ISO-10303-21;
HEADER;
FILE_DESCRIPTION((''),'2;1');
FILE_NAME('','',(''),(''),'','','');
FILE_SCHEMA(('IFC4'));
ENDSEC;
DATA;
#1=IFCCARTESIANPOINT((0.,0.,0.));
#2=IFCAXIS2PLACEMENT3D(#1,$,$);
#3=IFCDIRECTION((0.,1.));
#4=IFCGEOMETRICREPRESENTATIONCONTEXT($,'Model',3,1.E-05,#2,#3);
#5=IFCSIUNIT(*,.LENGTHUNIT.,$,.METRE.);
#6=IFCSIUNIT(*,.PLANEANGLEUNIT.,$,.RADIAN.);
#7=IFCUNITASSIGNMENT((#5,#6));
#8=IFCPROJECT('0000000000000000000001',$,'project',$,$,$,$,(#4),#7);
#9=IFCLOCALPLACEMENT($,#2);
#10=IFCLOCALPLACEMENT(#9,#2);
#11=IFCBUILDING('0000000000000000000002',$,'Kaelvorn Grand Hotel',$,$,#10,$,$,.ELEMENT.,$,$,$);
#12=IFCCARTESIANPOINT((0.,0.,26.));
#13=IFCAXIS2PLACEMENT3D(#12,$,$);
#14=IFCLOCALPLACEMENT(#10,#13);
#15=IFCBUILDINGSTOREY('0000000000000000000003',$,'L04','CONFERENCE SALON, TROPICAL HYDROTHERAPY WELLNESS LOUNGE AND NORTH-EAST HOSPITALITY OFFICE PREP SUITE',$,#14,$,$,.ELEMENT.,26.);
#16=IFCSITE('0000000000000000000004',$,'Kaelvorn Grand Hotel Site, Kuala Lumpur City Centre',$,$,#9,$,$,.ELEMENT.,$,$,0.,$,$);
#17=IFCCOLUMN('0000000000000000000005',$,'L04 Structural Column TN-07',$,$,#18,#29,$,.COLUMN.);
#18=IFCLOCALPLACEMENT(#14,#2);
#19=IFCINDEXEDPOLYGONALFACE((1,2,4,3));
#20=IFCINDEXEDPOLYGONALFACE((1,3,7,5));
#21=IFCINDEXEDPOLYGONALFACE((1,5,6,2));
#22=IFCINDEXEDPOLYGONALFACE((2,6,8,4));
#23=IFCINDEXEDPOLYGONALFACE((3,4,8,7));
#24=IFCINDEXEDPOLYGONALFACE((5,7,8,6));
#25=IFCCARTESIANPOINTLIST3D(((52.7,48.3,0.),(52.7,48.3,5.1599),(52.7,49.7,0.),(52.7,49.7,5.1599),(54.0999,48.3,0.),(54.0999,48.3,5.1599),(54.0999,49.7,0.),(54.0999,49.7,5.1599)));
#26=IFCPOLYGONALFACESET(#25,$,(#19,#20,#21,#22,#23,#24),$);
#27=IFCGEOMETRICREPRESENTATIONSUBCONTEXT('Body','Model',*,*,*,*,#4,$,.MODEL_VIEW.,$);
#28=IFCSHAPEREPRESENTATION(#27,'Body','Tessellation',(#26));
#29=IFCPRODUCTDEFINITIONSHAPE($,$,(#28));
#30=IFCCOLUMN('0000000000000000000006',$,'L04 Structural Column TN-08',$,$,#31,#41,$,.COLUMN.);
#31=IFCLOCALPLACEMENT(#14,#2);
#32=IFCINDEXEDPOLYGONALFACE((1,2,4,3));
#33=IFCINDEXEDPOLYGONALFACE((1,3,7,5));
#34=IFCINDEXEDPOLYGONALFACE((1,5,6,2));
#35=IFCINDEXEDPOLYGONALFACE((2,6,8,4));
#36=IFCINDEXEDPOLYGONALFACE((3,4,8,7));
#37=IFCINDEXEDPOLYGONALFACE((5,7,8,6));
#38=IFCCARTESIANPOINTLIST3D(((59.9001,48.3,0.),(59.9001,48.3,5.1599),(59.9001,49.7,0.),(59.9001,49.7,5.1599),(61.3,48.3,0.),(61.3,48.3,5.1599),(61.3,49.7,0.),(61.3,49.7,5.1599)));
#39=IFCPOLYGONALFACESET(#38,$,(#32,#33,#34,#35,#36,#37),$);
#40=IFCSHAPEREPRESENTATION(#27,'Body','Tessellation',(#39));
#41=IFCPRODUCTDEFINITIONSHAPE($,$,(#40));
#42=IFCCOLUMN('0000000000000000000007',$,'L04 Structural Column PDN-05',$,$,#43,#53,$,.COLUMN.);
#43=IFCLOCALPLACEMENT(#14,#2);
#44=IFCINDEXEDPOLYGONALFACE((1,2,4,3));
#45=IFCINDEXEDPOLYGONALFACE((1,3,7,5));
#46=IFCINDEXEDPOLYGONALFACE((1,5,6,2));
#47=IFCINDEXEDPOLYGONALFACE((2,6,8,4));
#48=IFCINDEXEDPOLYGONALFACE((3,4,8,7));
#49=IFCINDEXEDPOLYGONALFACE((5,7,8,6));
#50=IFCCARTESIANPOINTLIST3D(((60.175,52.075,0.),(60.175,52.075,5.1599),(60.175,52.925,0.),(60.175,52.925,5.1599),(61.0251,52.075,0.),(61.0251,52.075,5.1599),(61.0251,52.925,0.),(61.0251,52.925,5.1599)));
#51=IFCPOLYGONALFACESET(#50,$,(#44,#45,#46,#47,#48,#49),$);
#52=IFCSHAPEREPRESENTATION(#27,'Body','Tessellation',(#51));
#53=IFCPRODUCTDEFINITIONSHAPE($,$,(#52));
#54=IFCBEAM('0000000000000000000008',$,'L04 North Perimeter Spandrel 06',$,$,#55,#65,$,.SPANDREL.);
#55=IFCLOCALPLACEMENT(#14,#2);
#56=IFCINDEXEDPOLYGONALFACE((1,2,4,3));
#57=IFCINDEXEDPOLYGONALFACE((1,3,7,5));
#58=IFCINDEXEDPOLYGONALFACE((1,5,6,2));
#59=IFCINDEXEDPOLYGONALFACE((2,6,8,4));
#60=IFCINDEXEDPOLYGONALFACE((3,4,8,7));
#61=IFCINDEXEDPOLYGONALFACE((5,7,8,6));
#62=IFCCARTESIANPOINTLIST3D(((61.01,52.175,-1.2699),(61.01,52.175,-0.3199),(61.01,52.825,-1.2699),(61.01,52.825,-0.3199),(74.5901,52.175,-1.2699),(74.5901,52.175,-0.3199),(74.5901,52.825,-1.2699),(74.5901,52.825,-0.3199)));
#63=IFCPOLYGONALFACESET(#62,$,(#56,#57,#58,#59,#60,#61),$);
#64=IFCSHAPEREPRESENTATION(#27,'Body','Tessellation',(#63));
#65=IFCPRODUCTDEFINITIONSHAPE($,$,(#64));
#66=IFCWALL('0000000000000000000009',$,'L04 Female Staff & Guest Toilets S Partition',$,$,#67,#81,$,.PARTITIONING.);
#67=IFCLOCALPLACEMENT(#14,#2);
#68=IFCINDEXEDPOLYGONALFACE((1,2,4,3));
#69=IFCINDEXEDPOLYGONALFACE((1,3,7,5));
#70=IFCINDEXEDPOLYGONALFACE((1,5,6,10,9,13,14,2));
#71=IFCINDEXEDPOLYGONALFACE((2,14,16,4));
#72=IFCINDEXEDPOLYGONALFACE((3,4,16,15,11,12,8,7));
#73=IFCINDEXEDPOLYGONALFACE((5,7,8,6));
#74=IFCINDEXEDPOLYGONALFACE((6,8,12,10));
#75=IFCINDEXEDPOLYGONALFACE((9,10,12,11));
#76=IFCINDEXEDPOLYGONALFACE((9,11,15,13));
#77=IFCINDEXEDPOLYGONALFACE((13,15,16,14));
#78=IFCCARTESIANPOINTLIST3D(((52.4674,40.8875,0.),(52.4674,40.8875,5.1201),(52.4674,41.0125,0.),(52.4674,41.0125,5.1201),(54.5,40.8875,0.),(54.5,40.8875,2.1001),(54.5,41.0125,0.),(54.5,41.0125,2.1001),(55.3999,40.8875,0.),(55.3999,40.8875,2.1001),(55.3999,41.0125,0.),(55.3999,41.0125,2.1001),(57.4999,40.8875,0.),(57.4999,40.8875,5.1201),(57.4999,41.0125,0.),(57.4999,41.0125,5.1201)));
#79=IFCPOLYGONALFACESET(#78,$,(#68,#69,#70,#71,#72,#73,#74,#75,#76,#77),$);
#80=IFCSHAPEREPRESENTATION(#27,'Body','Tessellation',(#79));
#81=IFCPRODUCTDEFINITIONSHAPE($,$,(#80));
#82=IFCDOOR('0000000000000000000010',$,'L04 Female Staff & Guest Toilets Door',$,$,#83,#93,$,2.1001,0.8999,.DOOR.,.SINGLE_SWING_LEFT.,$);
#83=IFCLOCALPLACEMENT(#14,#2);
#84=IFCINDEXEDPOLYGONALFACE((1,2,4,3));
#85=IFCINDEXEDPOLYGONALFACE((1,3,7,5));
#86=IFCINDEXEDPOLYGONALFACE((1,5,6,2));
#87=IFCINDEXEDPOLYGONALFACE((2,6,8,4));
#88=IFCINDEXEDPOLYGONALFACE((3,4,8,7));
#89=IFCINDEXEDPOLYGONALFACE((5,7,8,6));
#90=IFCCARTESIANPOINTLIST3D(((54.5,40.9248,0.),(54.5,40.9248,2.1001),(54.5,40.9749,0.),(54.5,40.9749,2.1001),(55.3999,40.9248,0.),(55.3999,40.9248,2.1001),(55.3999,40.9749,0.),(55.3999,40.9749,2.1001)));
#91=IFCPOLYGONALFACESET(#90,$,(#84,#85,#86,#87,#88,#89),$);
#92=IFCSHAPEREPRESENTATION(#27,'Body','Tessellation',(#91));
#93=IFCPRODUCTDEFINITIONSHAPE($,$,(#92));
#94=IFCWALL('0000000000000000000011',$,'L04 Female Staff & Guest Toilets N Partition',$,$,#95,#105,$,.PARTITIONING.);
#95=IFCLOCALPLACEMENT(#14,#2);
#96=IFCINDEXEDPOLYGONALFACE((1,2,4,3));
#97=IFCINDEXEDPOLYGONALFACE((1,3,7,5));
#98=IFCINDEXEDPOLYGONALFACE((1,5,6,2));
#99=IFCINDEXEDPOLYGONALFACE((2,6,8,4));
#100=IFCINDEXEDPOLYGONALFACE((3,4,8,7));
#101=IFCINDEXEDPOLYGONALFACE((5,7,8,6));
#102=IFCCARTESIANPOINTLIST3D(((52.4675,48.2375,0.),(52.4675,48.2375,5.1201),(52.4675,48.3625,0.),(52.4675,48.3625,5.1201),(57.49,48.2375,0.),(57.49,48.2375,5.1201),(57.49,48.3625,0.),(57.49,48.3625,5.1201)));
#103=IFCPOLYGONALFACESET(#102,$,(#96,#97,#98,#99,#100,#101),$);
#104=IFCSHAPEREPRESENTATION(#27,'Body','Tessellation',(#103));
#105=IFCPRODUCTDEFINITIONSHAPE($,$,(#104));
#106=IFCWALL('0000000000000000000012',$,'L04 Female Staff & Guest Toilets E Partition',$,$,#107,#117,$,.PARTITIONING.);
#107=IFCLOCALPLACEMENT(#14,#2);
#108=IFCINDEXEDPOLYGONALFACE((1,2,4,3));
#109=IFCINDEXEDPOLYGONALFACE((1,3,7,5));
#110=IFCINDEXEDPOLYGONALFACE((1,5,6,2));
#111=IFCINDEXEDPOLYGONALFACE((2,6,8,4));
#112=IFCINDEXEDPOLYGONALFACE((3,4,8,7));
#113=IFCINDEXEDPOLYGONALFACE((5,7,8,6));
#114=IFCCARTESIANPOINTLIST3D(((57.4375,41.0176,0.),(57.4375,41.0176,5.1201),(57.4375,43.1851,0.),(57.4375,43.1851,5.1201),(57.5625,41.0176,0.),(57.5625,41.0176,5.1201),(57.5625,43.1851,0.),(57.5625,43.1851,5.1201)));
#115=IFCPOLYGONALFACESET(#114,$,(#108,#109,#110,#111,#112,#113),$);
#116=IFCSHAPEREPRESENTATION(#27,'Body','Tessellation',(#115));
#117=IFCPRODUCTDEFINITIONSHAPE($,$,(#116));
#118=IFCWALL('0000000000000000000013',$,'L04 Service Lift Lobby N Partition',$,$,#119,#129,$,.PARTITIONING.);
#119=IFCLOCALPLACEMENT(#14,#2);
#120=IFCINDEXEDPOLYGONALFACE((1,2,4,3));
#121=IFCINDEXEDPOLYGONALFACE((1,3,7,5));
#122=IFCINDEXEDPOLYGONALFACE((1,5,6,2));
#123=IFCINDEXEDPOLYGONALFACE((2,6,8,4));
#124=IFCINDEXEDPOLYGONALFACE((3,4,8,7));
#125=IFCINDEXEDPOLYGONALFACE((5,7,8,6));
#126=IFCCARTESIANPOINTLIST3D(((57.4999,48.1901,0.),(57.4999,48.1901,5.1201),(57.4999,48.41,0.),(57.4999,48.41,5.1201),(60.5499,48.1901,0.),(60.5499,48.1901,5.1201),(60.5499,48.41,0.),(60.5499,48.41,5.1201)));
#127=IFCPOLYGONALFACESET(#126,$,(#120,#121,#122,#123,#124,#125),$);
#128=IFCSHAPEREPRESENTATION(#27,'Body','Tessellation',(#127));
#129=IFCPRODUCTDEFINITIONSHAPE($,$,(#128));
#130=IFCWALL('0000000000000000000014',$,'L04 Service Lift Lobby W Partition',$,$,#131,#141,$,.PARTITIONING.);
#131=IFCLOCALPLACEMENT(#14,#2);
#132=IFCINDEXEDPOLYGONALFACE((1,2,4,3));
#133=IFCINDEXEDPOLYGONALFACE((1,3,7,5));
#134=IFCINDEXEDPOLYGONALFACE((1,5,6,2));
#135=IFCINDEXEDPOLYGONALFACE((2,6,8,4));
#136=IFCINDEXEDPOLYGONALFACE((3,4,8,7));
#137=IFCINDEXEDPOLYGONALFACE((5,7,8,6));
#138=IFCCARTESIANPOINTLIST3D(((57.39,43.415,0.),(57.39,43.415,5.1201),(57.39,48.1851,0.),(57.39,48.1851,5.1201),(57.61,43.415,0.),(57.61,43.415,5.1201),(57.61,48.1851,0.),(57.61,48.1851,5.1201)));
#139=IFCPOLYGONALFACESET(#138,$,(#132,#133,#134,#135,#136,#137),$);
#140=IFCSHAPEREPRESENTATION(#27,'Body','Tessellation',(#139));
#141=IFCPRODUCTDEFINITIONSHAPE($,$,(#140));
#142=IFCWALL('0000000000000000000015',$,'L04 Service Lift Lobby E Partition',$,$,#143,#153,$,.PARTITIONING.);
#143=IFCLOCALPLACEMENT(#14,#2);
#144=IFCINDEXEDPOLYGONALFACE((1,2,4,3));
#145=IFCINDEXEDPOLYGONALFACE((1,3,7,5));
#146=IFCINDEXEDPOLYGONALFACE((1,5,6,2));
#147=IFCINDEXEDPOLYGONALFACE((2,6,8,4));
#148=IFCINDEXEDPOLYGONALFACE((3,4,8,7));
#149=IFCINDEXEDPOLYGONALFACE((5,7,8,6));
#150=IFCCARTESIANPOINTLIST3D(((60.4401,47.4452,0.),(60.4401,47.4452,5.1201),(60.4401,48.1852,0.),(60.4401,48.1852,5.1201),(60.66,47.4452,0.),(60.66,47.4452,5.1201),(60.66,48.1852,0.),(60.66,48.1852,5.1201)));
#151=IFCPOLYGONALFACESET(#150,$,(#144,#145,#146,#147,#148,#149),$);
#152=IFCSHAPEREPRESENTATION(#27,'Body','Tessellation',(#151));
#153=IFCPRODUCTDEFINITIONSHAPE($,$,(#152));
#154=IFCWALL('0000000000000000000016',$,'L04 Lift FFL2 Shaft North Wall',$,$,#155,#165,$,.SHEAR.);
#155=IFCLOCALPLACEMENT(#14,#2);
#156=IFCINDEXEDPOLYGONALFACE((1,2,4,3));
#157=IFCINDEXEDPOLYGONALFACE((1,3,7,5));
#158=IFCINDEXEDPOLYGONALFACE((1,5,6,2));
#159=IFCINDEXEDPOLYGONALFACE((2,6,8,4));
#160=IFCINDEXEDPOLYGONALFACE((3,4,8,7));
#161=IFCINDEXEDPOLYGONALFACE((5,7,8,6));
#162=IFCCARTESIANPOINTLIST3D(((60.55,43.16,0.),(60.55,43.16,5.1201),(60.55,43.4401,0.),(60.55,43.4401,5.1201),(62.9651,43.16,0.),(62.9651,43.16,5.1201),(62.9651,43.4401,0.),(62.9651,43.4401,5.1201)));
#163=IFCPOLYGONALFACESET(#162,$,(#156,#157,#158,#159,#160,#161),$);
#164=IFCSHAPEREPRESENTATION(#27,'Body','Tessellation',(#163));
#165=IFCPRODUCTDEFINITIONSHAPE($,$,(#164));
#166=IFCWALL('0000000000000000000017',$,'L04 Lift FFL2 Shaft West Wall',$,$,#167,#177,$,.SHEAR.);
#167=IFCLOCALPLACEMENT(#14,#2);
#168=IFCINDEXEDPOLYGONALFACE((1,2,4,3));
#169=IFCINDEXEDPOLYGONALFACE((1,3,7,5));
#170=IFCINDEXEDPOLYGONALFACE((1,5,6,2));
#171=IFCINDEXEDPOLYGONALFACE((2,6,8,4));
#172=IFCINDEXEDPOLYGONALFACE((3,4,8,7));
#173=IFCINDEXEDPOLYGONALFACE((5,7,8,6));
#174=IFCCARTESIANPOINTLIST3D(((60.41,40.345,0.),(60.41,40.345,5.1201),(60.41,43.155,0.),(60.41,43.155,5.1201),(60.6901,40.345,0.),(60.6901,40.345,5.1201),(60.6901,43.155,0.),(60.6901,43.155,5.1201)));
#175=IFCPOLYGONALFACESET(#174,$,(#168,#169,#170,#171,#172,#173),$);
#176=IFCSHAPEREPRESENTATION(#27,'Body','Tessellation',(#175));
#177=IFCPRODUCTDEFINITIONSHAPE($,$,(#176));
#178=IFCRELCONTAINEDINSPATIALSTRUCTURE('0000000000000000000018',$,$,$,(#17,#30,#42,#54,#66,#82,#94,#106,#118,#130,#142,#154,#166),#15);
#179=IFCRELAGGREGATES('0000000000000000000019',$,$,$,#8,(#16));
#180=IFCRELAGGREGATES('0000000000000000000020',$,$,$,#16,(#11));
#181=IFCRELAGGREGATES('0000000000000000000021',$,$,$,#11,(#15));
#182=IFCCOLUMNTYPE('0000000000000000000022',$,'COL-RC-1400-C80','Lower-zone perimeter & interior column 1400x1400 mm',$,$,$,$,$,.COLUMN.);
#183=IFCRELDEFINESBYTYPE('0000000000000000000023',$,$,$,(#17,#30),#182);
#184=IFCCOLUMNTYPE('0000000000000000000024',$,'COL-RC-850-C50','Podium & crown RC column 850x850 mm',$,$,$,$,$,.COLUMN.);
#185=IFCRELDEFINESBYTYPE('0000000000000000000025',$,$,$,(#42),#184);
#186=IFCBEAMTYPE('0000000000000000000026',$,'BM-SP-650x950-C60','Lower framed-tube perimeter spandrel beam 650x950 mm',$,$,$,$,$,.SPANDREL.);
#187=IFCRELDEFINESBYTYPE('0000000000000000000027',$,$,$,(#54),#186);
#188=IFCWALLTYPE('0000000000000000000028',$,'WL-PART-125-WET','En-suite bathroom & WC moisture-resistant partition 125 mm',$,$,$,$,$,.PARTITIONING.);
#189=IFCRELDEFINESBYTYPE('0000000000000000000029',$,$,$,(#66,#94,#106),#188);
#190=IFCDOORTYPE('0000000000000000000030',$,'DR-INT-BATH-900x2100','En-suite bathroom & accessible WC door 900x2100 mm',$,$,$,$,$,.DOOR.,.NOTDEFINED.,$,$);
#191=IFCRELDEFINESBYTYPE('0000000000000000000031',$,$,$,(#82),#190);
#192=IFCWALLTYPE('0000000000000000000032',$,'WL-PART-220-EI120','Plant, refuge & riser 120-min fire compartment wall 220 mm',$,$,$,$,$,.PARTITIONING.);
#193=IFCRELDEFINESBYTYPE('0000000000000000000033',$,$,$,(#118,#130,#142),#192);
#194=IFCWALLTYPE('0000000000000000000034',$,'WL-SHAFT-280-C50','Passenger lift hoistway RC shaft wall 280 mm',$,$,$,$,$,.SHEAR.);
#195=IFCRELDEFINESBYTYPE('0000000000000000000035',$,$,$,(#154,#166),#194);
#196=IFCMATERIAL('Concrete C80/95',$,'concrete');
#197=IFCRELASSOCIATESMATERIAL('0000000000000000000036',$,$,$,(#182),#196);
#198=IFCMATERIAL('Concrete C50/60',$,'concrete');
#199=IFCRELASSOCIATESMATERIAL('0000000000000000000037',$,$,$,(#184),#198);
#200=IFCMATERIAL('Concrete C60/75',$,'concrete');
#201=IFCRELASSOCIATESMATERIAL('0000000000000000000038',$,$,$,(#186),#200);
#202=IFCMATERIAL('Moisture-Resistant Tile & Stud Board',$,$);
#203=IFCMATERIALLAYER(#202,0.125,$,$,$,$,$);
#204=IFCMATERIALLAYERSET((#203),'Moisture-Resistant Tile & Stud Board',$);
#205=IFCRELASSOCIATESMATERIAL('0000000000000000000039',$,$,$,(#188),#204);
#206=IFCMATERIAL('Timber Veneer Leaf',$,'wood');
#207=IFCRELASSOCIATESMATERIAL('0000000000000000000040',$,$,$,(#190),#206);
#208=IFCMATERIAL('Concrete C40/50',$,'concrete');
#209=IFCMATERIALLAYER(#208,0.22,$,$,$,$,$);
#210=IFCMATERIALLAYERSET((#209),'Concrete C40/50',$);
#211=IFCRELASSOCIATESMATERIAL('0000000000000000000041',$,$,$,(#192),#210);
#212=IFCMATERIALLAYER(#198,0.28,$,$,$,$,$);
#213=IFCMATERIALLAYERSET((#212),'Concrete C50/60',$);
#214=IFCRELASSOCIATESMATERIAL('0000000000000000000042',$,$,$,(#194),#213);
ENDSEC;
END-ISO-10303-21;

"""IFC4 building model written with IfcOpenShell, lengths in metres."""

from ifc_helpers import new_model, si_unit, direction, frame, frame_2d, origin, origin_2d, place, context, subcontext, project, spatial, rectangle, extrude, material, layer, layer_set, material_profile, profile_set, type_object, element, fill, save


model = new_model("IFC4")

# Units and contexts
model_context = context("Model", 3, precision=1e-05, world=origin(), true_north=direction((0.0, 1.0)))
body_context = subcontext(model_context, "Body", "Model", "MODEL_VIEW")
ifc_project = project(units=[si_unit("LENGTHUNIT", "METRE"), si_unit("PLANEANGLEUNIT", "RADIAN")], contexts=[model_context])

# Site, building, storey
site_placement = place(None, origin())
site = spatial("IfcSite", under=ifc_project, at=site_placement, Name="Kaelvorn Grand Hotel Site, Kuala Lumpur City Centre", CompositionType="ELEMENT", RefElevation=0.0)
building_placement = place(site_placement, origin())
building = spatial("IfcBuilding", under=site, at=building_placement, Name="Kaelvorn Grand Hotel", CompositionType="ELEMENT")
storey_placement = place(building_placement, frame((0.0, 0.0, 26.0)))
storey = spatial("IfcBuildingStorey", under=building, at=storey_placement, Name="L04", Description="CONFERENCE SALON, TROPICAL HYDROTHERAPY WELLNESS LOUNGE AND NORTH-EAST HOSPITALITY OFFICE PREP SUITE", CompositionType="ELEMENT", Elevation=26.0)

# Columns
ifc_material_1 = material(Name="Concrete C80/95", Category="concrete")
ifc_material_profile_1 = material_profile(ifc_material_1, rectangle(XDim=1.3999, YDim=1.3999, at=origin_2d()), Name="RC COL 1400x1400")
ifc_profile_set_1 = profile_set([ifc_material_profile_1], Name="Concrete C80/95")
column_type_1 = type_object("IfcColumnType", Name="COL-RC-1400-C80", Description="Lower-zone perimeter & interior column 1400x1400 mm", PredefinedType="COLUMN", material=ifc_profile_set_1)
for number, where, z_axis, x_axis, name in (
    (1, (53.3999, 49.0, 0.0), (0.0, 0.0, 1.0), (1.0, 0.0, 0.0), "L04 Structural Column TN-07"),
    (2, (60.6001, 49.0, 0.0), (0.0, 0.0, 1.0), (1.0, 0.0, 0.0), "L04 Structural Column TN-08"),
):
    element("IfcColumn", number, at=place(storey_placement, frame(where, z_axis=z_axis, x_axis=x_axis)), inside=storey, type_object=column_type_1, Name=name, PredefinedType="COLUMN", context=body_context, shape_type="SweptSolid", body=[
        extrude(rectangle(XDim=1.3999, YDim=1.3999, at=origin_2d()), origin(), (0.0, 0.0, 1.0), 5.1599),
    ])
ifc_material_2 = material(Name="Concrete C50/60", Category="concrete")
ifc_material_profile_2 = material_profile(ifc_material_2, rectangle(XDim=0.8501, YDim=0.8501, at=origin_2d()), Name="RC COL 850x850")
ifc_profile_set_2 = profile_set([ifc_material_profile_2], Name="Concrete C50/60")
column_type_2 = type_object("IfcColumnType", Name="COL-RC-850-C50", Description="Podium & crown RC column 850x850 mm", PredefinedType="COLUMN", material=ifc_profile_set_2)
column_placement = place(storey_placement, frame((60.6001, 52.5, 0.0), z_axis=(0.0, 0.0, 1.0), x_axis=(1.0, 0.0, 0.0)))
element("IfcColumn", 3, at=column_placement, inside=storey, type_object=column_type_2, Name="L04 Structural Column PDN-05", PredefinedType="COLUMN", context=body_context, shape_type="SweptSolid", body=[
    extrude(rectangle(XDim=0.8501, YDim=0.8501, at=origin_2d()), origin(), (0.0, 0.0, 1.0), 5.1599),
])

# Beam
ifc_material_3 = material(Name="Concrete C60/75", Category="concrete")
ifc_material_profile_3 = material_profile(ifc_material_3, rectangle(XDim=0.6499, YDim=0.95, at=origin_2d()), Name="RC SPANDREL 650x950")
ifc_profile_set_3 = profile_set([ifc_material_profile_3], Name="Concrete C60/75")
beam_type = type_object("IfcBeamType", Name="BM-SP-650x950-C60", Description="Lower framed-tube perimeter spandrel beam 650x950 mm", PredefinedType="SPANDREL", material=ifc_profile_set_3)
beam_placement = place(storey_placement, frame((61.01, 52.5, -0.7949), z_axis=(1.0, 0.0, 0.0), x_axis=(0.0, 1.0, 0.0)))
element("IfcBeam", 4, at=beam_placement, inside=storey, type_object=beam_type, Name="L04 North Perimeter Spandrel 06", PredefinedType="SPANDREL", context=body_context, shape_type="SweptSolid", body=[
    extrude(rectangle(XDim=0.6499, YDim=0.95, at=origin_2d()), origin(), (0.0, 0.0, 1.0), 13.5801),
])

# Wall, opening, door
ifc_material_4 = material(Name="Moisture-Resistant Tile & Stud Board")
ifc_layer_1 = layer(ifc_material_4, 0.125)
ifc_layer_set_1 = layer_set([ifc_layer_1], Name="Moisture-Resistant Tile & Stud Board")
wall_type_1 = type_object("IfcWallType", Name="WL-PART-125-WET", Description="En-suite bathroom & WC moisture-resistant partition 125 mm", PredefinedType="PARTITIONING", material=ifc_layer_set_1)
wall_1_placement = place(storey_placement, frame((52.4675, 40.95, 0.0), z_axis=(0.0, 0.0, 1.0), x_axis=(1.0, 0.0, 0.0)))
wall_1 = element("IfcWall", 5, at=wall_1_placement, inside=storey, type_object=wall_type_1, Name="L04 Female Staff & Guest Toilets S Partition", PredefinedType="PARTITIONING", context=body_context, shape_type="SweptSolid", body=[
    extrude(rectangle(XDim=5.0325, YDim=0.125, at=frame_2d((2.5161, 0.0))), origin(), (0.0, 0.0, 1.0), 5.1201),
])
opening_1_placement = place(wall_1_placement, frame((2.0325, 0.0, 0.0)))
opening_1 = element("IfcOpeningElement", 6, at=opening_1_placement, cuts=wall_1, PredefinedType="OPENING", context=body_context, shape_type="SweptSolid", body=[
    extrude(rectangle(XDim=0.8999, YDim=2.1001, at=frame_2d((0.45, 1.05))), frame((0.0, 0.0725, 0.0), z_axis=(0.0, -1.0, 0.0), x_axis=(1.0, 0.0, 0.0)), (0.0, 0.0, 1.0), 0.145),
])
ifc_material_5 = material(Name="Timber Veneer Leaf", Category="wood")
door_type_1 = type_object("IfcDoorType", Name="DR-INT-BATH-900x2100", Description="En-suite bathroom & accessible WC door 900x2100 mm", OperationType="NOTDEFINED", PredefinedType="DOOR", material=ifc_material_5)
door_1_placement = place(opening_1_placement, origin())
door_1 = element("IfcDoor", 7, at=door_1_placement, inside=storey, type_object=door_type_1, Name="L04 Female Staff & Guest Toilets Door", OperationType="SINGLE_SWING_LEFT", OverallHeight=2.1001, OverallWidth=0.8999, PredefinedType="DOOR", context=body_context, shape_type="SweptSolid", body=[
    extrude(rectangle(XDim=0.8999, YDim=2.1001, at=frame_2d((0.45, 1.05))), frame((0.0, 0.0249, 0.0), z_axis=(0.0, -1.0, 0.0), x_axis=(1.0, 0.0, 0.0)), (0.0, 0.0, 1.0), 0.05),
])
fill(opening_1, door_1)

# Walls
wall_2_placement = place(storey_placement, frame((52.4675, 48.3, 0.0), z_axis=(0.0, 0.0, 1.0), x_axis=(1.0, 0.0, 0.0)))
element("IfcWall", 8, at=wall_2_placement, inside=storey, type_object=wall_type_1, Name="L04 Female Staff & Guest Toilets N Partition", PredefinedType="PARTITIONING", context=body_context, shape_type="SweptSolid", body=[
    extrude(rectangle(XDim=5.0225, YDim=0.125, at=frame_2d((2.5112, 0.0))), origin(), (0.0, 0.0, 1.0), 5.1201),
])
wall_3_placement = place(storey_placement, frame((57.5, 41.0176, 0.0), z_axis=(0.0, 0.0, 1.0), x_axis=(0.0, 1.0, 0.0)))
element("IfcWall", 9, at=wall_3_placement, inside=storey, type_object=wall_type_1, Name="L04 Female Staff & Guest Toilets E Partition", PredefinedType="PARTITIONING", context=body_context, shape_type="SweptSolid", body=[
    extrude(rectangle(XDim=2.1675, YDim=0.125, at=frame_2d((1.0837, 0.0))), origin(), (0.0, 0.0, 1.0), 5.1201),
])

# Shared definitions
ifc_material_6 = material(Name="Concrete C40/50", Category="concrete")
ifc_layer_2 = layer(ifc_material_6, 0.22)
ifc_layer_set_2 = layer_set([ifc_layer_2], Name="Concrete C40/50")
wall_type_2 = type_object("IfcWallType", Name="WL-PART-220-EI120", Description="Plant, refuge & riser 120-min fire compartment wall 220 mm", PredefinedType="PARTITIONING", material=ifc_layer_set_2)

# Walls
wall_4_placement = place(storey_placement, frame((57.5, 48.3, 0.0), z_axis=(0.0, 0.0, 1.0), x_axis=(1.0, 0.0, 0.0)))
element("IfcWall", 10, at=wall_4_placement, inside=storey, type_object=wall_type_2, Name="L04 Service Lift Lobby N Partition", PredefinedType="PARTITIONING", context=body_context, shape_type="SweptSolid", body=[
    extrude(rectangle(XDim=3.05, YDim=0.22, at=frame_2d((1.5249, 0.0))), origin(), (0.0, 0.0, 1.0), 5.1201),
])
wall_5_placement = place(storey_placement, frame((57.5, 43.415, 0.0), z_axis=(0.0, 0.0, 1.0), x_axis=(0.0, 1.0, 0.0)))
element("IfcWall", 11, at=wall_5_placement, inside=storey, type_object=wall_type_2, Name="L04 Service Lift Lobby W Partition", PredefinedType="PARTITIONING", context=body_context, shape_type="SweptSolid", body=[
    extrude(rectangle(XDim=4.77, YDim=0.22, at=frame_2d((2.385, 0.0))), origin(), (0.0, 0.0, 1.0), 5.1201),
])
wall_6_placement = place(storey_placement, frame((60.55, 47.4451, 0.0), z_axis=(0.0, 0.0, 1.0), x_axis=(0.0, 1.0, 0.0)))
element("IfcWall", 12, at=wall_6_placement, inside=storey, type_object=wall_type_2, Name="L04 Service Lift Lobby E Partition", PredefinedType="PARTITIONING", context=body_context, shape_type="SweptSolid", body=[
    extrude(rectangle(XDim=0.74, YDim=0.22, at=frame_2d((0.3701, 0.0))), origin(), (0.0, 0.0, 1.0), 5.1201),
])
ifc_layer_3 = layer(ifc_material_2, 0.28)
ifc_layer_set_3 = layer_set([ifc_layer_3], Name="Concrete C50/60")
wall_type_3 = type_object("IfcWallType", Name="WL-SHAFT-280-C50", Description="Passenger lift hoistway RC shaft wall 280 mm", PredefinedType="SHEAR", material=ifc_layer_set_3)
wall_7_placement = place(storey_placement, frame((60.55, 43.3, 0.0), z_axis=(0.0, 0.0, 1.0), x_axis=(1.0, 0.0, 0.0)))
element("IfcWall", 13, at=wall_7_placement, inside=storey, type_object=wall_type_3, Name="L04 Lift FFL2 Shaft North Wall", PredefinedType="SHEAR", context=body_context, shape_type="SweptSolid", body=[
    extrude(rectangle(XDim=2.415, YDim=0.28, at=frame_2d((1.2075, 0.0))), origin(), (0.0, 0.0, 1.0), 5.1201),
])
wall_8_placement = place(storey_placement, frame((60.55, 40.345, 0.0), z_axis=(0.0, 0.0, 1.0), x_axis=(0.0, 1.0, 0.0)))
element("IfcWall", 14, at=wall_8_placement, inside=storey, type_object=wall_type_3, Name="L04 Lift FFL2 Shaft West Wall", PredefinedType="SHEAR", context=body_context, shape_type="SweptSolid", body=[
    extrude(rectangle(XDim=2.8101, YDim=0.28, at=frame_2d((1.405, 0.0))), origin(), (0.0, 0.0, 1.0), 5.1201),
])

save(model, "model.ifc")
